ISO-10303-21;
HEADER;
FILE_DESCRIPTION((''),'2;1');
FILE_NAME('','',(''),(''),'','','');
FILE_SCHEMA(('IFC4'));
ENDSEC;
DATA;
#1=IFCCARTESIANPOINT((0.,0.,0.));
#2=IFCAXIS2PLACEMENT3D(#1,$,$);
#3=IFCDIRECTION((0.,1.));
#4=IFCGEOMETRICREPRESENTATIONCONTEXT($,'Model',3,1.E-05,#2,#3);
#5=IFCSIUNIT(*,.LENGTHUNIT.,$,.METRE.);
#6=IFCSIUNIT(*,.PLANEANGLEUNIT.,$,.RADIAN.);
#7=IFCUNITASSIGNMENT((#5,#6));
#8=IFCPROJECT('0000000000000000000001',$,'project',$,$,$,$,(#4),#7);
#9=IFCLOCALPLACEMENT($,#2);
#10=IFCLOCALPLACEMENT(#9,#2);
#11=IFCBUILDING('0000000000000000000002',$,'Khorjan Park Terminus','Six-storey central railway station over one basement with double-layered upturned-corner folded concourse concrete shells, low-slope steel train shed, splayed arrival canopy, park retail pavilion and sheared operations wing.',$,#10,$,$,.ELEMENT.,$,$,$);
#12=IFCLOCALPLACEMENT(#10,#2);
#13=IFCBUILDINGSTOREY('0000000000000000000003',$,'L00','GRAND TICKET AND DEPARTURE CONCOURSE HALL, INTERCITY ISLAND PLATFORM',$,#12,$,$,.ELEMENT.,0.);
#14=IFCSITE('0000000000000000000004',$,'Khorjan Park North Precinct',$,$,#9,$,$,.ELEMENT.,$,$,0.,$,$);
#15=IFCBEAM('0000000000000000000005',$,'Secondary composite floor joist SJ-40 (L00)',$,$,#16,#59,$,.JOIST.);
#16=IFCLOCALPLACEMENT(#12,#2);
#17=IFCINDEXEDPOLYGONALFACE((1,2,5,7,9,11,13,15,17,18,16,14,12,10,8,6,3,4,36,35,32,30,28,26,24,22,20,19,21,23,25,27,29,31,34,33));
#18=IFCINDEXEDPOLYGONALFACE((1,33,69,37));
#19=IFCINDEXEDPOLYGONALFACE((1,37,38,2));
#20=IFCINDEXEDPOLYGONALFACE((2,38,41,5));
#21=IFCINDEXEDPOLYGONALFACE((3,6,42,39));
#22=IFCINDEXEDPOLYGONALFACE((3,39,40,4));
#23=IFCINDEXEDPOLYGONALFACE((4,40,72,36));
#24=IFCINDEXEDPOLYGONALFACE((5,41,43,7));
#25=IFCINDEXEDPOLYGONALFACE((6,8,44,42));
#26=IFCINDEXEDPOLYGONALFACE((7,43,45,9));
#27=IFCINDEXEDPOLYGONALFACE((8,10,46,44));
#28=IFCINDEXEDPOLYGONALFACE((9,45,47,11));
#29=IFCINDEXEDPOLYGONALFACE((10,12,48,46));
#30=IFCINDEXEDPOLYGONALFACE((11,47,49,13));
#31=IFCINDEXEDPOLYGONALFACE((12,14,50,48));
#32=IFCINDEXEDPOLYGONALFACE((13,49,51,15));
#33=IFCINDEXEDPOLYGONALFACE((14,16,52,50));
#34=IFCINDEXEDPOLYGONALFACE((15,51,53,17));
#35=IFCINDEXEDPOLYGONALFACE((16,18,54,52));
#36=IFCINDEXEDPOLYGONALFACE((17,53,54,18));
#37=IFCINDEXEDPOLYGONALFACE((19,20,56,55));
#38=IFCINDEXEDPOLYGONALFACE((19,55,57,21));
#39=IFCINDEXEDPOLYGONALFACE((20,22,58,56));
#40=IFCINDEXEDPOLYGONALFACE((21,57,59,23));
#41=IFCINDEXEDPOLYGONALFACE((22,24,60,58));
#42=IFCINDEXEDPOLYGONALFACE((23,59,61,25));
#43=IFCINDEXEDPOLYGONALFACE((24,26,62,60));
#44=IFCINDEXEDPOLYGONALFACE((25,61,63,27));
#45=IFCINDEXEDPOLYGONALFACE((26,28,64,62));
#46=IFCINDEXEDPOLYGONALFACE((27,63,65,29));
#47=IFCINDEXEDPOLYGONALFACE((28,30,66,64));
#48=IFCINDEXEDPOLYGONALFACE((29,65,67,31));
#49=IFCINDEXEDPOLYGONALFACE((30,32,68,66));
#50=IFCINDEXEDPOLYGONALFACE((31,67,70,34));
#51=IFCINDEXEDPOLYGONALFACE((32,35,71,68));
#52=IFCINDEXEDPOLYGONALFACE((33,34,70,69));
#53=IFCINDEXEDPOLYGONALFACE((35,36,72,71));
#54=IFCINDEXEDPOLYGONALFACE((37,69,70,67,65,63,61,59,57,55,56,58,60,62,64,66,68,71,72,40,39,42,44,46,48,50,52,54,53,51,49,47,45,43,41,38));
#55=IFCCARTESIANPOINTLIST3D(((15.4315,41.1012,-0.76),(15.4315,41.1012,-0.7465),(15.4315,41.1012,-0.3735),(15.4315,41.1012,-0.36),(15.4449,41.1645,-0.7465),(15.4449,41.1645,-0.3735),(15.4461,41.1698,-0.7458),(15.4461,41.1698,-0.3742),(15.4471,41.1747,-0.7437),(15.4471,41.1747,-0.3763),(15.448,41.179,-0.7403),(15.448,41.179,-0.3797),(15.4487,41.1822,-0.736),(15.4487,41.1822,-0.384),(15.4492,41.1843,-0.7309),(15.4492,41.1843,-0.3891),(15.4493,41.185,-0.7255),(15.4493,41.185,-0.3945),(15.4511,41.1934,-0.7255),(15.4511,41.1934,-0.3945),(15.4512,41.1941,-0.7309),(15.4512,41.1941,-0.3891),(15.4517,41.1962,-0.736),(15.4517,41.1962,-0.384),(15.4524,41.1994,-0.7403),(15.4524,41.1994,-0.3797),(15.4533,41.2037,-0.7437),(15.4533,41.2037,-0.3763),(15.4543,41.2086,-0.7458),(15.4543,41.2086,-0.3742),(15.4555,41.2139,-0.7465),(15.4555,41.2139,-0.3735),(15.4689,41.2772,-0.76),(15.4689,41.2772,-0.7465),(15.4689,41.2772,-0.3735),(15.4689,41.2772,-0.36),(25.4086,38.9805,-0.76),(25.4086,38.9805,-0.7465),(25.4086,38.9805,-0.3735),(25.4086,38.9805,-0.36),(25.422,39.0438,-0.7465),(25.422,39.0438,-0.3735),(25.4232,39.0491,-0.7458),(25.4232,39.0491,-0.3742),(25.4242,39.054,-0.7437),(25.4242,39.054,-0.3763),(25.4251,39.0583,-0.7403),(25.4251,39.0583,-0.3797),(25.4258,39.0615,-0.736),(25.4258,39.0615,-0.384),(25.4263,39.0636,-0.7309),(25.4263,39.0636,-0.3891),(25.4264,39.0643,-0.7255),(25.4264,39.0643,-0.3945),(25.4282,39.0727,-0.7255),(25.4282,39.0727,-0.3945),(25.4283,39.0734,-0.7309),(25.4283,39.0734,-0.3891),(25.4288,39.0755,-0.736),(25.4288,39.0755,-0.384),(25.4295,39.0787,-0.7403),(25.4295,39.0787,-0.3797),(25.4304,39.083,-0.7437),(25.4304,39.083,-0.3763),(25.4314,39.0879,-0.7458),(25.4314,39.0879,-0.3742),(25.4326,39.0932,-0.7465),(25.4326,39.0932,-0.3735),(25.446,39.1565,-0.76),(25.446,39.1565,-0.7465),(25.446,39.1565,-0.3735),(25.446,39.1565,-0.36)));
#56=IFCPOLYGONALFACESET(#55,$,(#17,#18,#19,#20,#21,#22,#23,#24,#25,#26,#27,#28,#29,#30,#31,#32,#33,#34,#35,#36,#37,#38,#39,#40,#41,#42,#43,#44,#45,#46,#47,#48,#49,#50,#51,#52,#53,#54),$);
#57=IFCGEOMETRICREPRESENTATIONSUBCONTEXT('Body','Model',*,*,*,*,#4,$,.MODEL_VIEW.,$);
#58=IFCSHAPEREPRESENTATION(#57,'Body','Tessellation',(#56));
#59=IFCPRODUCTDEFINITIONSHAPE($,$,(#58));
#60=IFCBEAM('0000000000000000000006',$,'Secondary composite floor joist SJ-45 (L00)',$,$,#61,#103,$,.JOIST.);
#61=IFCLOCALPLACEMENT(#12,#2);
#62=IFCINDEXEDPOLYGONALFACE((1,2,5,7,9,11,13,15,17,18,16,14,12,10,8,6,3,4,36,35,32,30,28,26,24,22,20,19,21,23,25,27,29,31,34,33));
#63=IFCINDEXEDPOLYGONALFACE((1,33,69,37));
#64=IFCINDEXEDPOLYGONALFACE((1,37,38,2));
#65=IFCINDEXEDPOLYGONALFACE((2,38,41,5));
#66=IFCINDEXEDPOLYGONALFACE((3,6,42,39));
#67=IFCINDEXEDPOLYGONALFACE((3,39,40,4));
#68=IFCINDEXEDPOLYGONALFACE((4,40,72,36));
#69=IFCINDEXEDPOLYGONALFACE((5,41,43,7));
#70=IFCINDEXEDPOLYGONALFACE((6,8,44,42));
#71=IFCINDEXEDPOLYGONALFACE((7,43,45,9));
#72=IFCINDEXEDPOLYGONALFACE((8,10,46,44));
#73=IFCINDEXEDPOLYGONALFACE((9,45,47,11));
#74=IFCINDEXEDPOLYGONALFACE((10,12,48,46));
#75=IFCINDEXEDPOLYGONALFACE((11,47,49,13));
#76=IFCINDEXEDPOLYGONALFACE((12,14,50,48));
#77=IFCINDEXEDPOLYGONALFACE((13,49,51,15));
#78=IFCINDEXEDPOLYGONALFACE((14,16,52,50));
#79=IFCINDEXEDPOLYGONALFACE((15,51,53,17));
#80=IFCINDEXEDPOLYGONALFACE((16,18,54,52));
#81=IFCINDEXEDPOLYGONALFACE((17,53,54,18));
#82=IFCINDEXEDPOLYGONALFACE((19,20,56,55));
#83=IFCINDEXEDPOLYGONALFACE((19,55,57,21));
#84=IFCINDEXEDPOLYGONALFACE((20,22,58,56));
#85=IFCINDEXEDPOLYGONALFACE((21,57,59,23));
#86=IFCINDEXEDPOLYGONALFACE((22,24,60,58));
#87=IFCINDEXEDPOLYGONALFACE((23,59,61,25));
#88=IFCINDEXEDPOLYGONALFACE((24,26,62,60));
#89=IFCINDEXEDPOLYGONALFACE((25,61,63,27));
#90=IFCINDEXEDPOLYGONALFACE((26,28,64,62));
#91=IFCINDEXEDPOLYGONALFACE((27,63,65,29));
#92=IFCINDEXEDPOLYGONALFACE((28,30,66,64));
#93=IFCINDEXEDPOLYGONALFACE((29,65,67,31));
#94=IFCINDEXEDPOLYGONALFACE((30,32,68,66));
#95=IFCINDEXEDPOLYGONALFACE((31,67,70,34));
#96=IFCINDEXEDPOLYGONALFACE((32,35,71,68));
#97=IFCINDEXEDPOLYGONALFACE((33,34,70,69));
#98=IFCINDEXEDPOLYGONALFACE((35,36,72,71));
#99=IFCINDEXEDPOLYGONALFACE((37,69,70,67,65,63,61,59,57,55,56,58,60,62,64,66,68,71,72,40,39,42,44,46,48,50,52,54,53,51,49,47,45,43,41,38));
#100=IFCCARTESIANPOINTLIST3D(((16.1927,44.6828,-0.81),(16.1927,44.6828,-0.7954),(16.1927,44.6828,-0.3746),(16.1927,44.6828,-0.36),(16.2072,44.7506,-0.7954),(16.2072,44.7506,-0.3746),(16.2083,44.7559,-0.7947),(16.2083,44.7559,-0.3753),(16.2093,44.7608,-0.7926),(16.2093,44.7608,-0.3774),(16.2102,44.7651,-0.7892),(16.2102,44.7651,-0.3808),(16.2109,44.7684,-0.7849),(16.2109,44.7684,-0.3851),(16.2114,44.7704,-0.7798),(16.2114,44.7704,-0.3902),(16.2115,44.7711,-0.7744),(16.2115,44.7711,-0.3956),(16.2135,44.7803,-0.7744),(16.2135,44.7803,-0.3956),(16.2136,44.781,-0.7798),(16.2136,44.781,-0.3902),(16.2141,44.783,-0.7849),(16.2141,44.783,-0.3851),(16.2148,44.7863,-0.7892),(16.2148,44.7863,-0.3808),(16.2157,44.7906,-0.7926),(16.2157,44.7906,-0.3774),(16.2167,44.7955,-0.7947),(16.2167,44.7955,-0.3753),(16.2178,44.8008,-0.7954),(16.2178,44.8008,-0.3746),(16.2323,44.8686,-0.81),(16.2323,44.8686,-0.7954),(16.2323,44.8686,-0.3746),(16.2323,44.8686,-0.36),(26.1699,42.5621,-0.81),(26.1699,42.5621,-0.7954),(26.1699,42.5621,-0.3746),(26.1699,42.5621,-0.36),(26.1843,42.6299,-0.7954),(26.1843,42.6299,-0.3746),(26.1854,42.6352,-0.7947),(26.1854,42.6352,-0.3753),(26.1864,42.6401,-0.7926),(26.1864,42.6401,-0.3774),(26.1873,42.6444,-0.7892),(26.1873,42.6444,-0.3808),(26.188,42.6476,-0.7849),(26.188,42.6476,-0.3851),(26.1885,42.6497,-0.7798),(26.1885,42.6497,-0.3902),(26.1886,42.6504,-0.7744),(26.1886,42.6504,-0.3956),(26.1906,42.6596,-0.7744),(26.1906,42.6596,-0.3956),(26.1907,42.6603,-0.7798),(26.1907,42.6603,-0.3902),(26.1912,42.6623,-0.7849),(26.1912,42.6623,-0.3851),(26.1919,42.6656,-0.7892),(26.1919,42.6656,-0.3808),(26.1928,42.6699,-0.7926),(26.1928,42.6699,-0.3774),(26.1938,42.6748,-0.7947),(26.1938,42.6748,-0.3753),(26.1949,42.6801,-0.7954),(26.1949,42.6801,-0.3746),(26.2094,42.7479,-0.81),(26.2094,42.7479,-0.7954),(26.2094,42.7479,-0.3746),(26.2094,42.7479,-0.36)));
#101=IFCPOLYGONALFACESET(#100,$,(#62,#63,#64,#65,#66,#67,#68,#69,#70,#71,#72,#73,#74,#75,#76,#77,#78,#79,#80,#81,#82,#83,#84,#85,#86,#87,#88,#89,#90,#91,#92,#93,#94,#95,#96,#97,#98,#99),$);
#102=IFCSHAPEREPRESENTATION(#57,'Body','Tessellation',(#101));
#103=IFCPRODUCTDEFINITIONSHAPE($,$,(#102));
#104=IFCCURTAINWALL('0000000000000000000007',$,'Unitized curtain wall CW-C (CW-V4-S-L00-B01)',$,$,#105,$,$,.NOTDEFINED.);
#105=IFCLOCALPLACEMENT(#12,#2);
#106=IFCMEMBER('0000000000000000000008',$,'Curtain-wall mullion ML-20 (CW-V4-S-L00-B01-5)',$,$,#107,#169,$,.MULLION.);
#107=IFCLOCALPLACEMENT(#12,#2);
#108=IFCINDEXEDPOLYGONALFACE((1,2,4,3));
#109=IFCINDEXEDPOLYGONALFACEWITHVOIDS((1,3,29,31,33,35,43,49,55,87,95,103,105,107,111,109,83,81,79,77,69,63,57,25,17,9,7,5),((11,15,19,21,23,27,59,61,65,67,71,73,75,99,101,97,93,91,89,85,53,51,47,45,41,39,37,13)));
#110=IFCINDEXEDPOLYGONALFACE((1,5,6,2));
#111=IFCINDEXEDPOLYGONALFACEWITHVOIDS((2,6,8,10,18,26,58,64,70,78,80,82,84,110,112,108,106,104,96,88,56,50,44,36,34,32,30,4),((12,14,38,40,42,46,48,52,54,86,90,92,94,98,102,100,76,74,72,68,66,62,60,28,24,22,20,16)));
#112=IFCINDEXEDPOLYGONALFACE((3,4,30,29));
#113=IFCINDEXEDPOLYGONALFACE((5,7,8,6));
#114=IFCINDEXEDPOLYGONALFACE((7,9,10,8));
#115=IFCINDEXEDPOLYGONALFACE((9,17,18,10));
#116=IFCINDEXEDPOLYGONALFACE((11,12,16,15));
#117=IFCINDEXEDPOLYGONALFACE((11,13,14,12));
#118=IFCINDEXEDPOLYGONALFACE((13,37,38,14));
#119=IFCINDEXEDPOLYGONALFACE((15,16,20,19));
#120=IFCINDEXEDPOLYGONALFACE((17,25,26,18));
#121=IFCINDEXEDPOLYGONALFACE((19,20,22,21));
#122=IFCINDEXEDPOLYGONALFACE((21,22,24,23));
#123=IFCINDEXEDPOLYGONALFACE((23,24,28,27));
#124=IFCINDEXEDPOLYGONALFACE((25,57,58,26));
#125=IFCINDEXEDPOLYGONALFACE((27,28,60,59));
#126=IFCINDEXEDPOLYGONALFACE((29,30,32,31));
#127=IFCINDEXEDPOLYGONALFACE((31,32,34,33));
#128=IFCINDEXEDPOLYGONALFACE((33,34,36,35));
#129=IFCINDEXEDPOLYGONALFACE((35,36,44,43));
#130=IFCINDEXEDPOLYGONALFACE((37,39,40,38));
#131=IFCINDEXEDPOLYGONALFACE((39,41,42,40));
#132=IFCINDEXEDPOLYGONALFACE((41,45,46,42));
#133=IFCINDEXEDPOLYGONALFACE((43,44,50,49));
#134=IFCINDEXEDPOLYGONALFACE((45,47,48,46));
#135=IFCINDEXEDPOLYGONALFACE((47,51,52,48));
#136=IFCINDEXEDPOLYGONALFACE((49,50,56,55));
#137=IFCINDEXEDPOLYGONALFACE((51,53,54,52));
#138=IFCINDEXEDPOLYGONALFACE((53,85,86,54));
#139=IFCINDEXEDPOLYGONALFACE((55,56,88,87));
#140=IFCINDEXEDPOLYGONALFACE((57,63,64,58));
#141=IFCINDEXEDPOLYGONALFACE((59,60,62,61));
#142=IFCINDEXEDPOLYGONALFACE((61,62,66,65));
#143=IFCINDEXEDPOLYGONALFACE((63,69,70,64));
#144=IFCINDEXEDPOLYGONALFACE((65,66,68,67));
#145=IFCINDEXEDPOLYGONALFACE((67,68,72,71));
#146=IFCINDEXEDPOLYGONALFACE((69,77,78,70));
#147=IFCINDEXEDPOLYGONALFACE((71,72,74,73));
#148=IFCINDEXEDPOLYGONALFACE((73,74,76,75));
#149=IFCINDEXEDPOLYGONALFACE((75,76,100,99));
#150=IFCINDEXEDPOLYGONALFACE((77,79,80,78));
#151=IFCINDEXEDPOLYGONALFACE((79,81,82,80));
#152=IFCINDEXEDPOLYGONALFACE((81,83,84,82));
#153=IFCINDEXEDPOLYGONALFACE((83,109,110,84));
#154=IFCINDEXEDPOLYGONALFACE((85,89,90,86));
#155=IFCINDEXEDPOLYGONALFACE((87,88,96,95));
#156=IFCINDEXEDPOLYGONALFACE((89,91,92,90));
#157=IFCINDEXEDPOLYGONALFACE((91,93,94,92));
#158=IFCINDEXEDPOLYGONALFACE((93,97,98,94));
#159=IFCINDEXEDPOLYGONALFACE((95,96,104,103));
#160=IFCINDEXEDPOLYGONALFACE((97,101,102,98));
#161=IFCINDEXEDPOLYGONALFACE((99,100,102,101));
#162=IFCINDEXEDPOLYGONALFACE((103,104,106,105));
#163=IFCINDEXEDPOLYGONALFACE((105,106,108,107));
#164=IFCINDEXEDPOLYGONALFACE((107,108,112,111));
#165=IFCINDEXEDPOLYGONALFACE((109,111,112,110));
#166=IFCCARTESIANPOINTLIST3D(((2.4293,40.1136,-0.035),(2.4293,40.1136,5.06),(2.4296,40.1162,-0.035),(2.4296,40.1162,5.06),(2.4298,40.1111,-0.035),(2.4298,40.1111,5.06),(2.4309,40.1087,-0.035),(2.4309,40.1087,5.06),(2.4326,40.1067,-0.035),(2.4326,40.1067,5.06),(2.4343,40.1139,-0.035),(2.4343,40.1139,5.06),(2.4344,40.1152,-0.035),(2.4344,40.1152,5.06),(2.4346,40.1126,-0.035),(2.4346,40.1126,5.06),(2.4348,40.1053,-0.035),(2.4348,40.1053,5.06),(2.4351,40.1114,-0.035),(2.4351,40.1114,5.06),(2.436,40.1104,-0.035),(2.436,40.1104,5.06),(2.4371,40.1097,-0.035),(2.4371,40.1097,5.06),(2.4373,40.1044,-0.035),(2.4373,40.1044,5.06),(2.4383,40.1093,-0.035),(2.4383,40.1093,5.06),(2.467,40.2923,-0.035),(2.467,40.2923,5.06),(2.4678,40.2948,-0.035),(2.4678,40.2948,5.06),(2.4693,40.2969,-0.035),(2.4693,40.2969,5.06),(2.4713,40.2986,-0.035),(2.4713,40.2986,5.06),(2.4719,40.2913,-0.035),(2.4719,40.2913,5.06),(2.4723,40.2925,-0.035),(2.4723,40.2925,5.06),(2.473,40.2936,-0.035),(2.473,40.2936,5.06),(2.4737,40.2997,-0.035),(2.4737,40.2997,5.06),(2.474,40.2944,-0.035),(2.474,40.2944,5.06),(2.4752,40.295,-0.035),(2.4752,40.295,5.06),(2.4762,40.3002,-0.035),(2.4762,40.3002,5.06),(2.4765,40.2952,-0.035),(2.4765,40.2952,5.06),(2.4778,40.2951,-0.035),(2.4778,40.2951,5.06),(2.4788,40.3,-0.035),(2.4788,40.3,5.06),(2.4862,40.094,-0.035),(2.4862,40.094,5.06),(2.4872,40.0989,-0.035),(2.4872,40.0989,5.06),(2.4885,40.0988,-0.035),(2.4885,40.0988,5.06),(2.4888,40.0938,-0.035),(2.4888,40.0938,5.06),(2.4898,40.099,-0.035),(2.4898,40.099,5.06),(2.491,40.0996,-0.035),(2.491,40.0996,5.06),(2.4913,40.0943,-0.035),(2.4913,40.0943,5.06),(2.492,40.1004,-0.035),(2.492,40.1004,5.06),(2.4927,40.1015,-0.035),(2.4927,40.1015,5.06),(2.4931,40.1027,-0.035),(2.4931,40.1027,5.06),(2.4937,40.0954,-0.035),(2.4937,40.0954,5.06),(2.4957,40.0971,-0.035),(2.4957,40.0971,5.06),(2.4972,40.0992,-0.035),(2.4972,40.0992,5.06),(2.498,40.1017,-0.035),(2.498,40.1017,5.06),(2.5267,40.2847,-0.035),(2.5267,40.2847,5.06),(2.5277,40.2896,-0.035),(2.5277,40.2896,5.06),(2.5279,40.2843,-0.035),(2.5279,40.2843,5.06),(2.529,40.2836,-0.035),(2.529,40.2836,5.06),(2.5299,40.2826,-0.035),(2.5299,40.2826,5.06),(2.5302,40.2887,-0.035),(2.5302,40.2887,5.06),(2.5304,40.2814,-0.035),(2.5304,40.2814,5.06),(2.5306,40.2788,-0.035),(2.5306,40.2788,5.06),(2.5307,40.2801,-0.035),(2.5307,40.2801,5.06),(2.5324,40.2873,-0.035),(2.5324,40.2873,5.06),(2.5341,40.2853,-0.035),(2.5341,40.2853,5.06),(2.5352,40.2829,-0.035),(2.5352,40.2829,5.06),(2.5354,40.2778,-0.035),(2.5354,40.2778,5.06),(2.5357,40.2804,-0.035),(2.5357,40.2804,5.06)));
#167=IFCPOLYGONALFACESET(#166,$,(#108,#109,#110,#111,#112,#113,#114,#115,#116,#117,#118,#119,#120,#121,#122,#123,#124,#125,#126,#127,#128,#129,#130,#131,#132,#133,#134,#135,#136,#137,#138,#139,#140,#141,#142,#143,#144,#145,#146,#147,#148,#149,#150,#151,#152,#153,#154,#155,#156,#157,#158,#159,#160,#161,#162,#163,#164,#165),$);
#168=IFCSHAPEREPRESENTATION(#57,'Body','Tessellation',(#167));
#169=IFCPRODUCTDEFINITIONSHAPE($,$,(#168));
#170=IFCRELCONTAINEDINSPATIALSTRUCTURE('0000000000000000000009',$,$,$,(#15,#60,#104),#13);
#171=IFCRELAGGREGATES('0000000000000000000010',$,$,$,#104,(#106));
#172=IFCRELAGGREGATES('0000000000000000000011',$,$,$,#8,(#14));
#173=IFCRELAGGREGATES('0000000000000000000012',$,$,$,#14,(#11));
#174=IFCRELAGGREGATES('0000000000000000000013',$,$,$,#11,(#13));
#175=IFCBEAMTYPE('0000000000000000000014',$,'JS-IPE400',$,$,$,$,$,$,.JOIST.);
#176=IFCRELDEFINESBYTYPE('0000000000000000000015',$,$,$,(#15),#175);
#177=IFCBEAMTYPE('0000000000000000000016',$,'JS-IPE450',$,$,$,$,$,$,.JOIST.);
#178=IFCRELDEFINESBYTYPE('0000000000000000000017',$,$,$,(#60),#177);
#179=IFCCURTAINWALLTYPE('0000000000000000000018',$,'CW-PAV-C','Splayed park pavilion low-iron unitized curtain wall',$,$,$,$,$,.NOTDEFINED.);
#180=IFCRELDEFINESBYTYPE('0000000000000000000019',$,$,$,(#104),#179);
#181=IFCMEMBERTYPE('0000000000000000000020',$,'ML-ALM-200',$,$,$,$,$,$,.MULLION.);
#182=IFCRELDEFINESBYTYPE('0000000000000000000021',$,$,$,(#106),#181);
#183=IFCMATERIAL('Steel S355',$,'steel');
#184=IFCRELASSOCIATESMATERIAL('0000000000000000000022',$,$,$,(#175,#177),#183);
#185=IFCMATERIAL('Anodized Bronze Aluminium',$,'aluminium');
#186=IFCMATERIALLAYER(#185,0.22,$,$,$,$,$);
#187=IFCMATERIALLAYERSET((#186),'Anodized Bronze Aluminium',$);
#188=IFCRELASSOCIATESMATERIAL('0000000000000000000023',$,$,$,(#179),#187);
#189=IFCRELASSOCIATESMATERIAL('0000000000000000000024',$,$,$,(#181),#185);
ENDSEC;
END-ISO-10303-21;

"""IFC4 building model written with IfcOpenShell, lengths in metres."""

from ifc_helpers import new_model, si_unit, direction, frame, origin, origin_2d, place, context, subcontext, project, spatial, hollow_rectangle, i_section, extrude, material, layer, layer_set, material_profile, profile_set, type_object, element, aggregate, save


model = new_model("IFC4")

# Units and contexts
model_context = context("Model", 3, precision=1e-05, world=origin(), true_north=direction((0.0, 1.0)))
body_context = subcontext(model_context, "Body", "Model", "MODEL_VIEW")
ifc_project = project(units=[si_unit("LENGTHUNIT", "METRE"), si_unit("PLANEANGLEUNIT", "RADIAN")], contexts=[model_context])

# Site, building, storey
site_placement = place(None, origin())
site = spatial("IfcSite", under=ifc_project, at=site_placement, Name="Khorjan Park North Precinct", CompositionType="ELEMENT", RefElevation=0.0)
building_placement = place(site_placement, origin())
building = spatial("IfcBuilding", under=site, at=building_placement, Name="Khorjan Park Terminus", Description="Six-storey central railway station over one basement with double-layered upturned-corner folded concourse concrete shells, low-slope steel train shed, splayed arrival canopy, park retail pavilion and sheared operations wing.", CompositionType="ELEMENT")
storey_placement = place(building_placement, origin())
storey = spatial("IfcBuildingStorey", under=building, at=storey_placement, Name="L00", Description="GRAND TICKET AND DEPARTURE CONCOURSE HALL, INTERCITY ISLAND PLATFORM", CompositionType="ELEMENT", Elevation=0.0)

# Beams
ifc_material_1 = material(Name="Steel S355", Category="steel")
ifc_material_profile_1 = material_profile(ifc_material_1, i_section(OverallWidth=0.18, OverallDepth=0.4, WebThickness=0.0086, FlangeThickness=0.0135, FilletRadius=0.021, at=origin_2d()), Name="IPE 400")
ifc_profile_set_1 = profile_set([ifc_material_profile_1], Name="Steel S355")
beam_type_1 = type_object("IfcBeamType", Name="JS-IPE400", PredefinedType="JOIST", material=ifc_profile_set_1)
beam_1_placement = place(storey_placement, frame((15.4502, 41.1892, -0.56), z_axis=(0.978148, -0.207912, 0.0), x_axis=(0.207912, 0.978148, 0.0)))
element("IfcBeam", 1, at=beam_1_placement, inside=storey, type_object=beam_type_1, Name="Secondary composite floor joist SJ-40 (L00)", PredefinedType="JOIST", context=body_context, shape_type="SweptSolid", body=[
    extrude(i_section(OverallWidth=0.18, OverallDepth=0.4, WebThickness=0.0086, FlangeThickness=0.0135, FilletRadius=0.021, at=origin_2d()), origin(), (0.0, 0.0, 1.0), 10.2),
])
ifc_material_profile_2 = material_profile(ifc_material_1, i_section(OverallWidth=0.19, OverallDepth=0.45, WebThickness=0.0094, FlangeThickness=0.0146, FilletRadius=0.021, at=origin_2d()), Name="IPE 450")
ifc_profile_set_2 = profile_set([ifc_material_profile_2], Name="Steel S355")
beam_type_2 = type_object("IfcBeamType", Name="JS-IPE450", PredefinedType="JOIST", material=ifc_profile_set_2)
beam_2_placement = place(storey_placement, frame((16.2125, 44.7757, -0.585), z_axis=(0.978148, -0.207912, 0.0), x_axis=(0.207912, 0.978148, 0.0)))
element("IfcBeam", 2, at=beam_2_placement, inside=storey, type_object=beam_type_2, Name="Secondary composite floor joist SJ-45 (L00)", PredefinedType="JOIST", context=body_context, shape_type="SweptSolid", body=[
    extrude(i_section(OverallWidth=0.19, OverallDepth=0.45, WebThickness=0.0094, FlangeThickness=0.0146, FilletRadius=0.021, at=origin_2d()), origin(), (0.0, 0.0, 1.0), 10.2),
])

# Curtain wall, member
ifc_material_2 = material(Name="Anodized Bronze Aluminium", Category="aluminium")
ifc_layer_1 = layer(ifc_material_2, 0.22)
ifc_layer_set_1 = layer_set([ifc_layer_1], Name="Anodized Bronze Aluminium")
curtain_wall_type = type_object("IfcCurtainWallType", Name="CW-PAV-C", Description="Splayed park pavilion low-iron unitized curtain wall", PredefinedType="NOTDEFINED", material=ifc_layer_set_1)
curtain_wall_placement = place(storey_placement, origin())
curtain_wall = element("IfcCurtainWall", 3, at=curtain_wall_placement, inside=storey, type_object=curtain_wall_type, Name="Unitized curtain wall CW-C (CW-V4-S-L00-B01)", PredefinedType="NOTDEFINED")
ifc_material_profile_3 = material_profile(ifc_material_2, hollow_rectangle(XDim=0.07, YDim=0.2, WallThickness=0.005, InnerFilletRadius=0.005, OuterFilletRadius=0.01, at=origin_2d()), Name="ALM 70x200x5")
ifc_profile_set_3 = profile_set([ifc_material_profile_3], Name="Anodized Bronze Aluminium")
member_type_1 = type_object("IfcMemberType", Name="ML-ALM-200", PredefinedType="MULLION", material=ifc_profile_set_3)
member_1_placement = place(storey_placement, frame((2.4825, 40.197, -0.035), z_axis=(0.0, 0.0, 1.0), x_axis=(0.978147, -0.207914, 0.0)))
member_1 = element("IfcMember", 4, at=member_1_placement, type_object=member_type_1, Name="Curtain-wall mullion ML-20 (CW-V4-S-L00-B01-5)", PredefinedType="MULLION", context=body_context, shape_type="SweptSolid", body=[
    extrude(hollow_rectangle(XDim=0.07, YDim=0.2, WallThickness=0.005, InnerFilletRadius=0.005, OuterFilletRadius=0.01, at=origin_2d()), origin(), (0.0, 0.0, 1.0), 5.095),
])
aggregate(curtain_wall, [member_1])

save(model, "model.ifc")
